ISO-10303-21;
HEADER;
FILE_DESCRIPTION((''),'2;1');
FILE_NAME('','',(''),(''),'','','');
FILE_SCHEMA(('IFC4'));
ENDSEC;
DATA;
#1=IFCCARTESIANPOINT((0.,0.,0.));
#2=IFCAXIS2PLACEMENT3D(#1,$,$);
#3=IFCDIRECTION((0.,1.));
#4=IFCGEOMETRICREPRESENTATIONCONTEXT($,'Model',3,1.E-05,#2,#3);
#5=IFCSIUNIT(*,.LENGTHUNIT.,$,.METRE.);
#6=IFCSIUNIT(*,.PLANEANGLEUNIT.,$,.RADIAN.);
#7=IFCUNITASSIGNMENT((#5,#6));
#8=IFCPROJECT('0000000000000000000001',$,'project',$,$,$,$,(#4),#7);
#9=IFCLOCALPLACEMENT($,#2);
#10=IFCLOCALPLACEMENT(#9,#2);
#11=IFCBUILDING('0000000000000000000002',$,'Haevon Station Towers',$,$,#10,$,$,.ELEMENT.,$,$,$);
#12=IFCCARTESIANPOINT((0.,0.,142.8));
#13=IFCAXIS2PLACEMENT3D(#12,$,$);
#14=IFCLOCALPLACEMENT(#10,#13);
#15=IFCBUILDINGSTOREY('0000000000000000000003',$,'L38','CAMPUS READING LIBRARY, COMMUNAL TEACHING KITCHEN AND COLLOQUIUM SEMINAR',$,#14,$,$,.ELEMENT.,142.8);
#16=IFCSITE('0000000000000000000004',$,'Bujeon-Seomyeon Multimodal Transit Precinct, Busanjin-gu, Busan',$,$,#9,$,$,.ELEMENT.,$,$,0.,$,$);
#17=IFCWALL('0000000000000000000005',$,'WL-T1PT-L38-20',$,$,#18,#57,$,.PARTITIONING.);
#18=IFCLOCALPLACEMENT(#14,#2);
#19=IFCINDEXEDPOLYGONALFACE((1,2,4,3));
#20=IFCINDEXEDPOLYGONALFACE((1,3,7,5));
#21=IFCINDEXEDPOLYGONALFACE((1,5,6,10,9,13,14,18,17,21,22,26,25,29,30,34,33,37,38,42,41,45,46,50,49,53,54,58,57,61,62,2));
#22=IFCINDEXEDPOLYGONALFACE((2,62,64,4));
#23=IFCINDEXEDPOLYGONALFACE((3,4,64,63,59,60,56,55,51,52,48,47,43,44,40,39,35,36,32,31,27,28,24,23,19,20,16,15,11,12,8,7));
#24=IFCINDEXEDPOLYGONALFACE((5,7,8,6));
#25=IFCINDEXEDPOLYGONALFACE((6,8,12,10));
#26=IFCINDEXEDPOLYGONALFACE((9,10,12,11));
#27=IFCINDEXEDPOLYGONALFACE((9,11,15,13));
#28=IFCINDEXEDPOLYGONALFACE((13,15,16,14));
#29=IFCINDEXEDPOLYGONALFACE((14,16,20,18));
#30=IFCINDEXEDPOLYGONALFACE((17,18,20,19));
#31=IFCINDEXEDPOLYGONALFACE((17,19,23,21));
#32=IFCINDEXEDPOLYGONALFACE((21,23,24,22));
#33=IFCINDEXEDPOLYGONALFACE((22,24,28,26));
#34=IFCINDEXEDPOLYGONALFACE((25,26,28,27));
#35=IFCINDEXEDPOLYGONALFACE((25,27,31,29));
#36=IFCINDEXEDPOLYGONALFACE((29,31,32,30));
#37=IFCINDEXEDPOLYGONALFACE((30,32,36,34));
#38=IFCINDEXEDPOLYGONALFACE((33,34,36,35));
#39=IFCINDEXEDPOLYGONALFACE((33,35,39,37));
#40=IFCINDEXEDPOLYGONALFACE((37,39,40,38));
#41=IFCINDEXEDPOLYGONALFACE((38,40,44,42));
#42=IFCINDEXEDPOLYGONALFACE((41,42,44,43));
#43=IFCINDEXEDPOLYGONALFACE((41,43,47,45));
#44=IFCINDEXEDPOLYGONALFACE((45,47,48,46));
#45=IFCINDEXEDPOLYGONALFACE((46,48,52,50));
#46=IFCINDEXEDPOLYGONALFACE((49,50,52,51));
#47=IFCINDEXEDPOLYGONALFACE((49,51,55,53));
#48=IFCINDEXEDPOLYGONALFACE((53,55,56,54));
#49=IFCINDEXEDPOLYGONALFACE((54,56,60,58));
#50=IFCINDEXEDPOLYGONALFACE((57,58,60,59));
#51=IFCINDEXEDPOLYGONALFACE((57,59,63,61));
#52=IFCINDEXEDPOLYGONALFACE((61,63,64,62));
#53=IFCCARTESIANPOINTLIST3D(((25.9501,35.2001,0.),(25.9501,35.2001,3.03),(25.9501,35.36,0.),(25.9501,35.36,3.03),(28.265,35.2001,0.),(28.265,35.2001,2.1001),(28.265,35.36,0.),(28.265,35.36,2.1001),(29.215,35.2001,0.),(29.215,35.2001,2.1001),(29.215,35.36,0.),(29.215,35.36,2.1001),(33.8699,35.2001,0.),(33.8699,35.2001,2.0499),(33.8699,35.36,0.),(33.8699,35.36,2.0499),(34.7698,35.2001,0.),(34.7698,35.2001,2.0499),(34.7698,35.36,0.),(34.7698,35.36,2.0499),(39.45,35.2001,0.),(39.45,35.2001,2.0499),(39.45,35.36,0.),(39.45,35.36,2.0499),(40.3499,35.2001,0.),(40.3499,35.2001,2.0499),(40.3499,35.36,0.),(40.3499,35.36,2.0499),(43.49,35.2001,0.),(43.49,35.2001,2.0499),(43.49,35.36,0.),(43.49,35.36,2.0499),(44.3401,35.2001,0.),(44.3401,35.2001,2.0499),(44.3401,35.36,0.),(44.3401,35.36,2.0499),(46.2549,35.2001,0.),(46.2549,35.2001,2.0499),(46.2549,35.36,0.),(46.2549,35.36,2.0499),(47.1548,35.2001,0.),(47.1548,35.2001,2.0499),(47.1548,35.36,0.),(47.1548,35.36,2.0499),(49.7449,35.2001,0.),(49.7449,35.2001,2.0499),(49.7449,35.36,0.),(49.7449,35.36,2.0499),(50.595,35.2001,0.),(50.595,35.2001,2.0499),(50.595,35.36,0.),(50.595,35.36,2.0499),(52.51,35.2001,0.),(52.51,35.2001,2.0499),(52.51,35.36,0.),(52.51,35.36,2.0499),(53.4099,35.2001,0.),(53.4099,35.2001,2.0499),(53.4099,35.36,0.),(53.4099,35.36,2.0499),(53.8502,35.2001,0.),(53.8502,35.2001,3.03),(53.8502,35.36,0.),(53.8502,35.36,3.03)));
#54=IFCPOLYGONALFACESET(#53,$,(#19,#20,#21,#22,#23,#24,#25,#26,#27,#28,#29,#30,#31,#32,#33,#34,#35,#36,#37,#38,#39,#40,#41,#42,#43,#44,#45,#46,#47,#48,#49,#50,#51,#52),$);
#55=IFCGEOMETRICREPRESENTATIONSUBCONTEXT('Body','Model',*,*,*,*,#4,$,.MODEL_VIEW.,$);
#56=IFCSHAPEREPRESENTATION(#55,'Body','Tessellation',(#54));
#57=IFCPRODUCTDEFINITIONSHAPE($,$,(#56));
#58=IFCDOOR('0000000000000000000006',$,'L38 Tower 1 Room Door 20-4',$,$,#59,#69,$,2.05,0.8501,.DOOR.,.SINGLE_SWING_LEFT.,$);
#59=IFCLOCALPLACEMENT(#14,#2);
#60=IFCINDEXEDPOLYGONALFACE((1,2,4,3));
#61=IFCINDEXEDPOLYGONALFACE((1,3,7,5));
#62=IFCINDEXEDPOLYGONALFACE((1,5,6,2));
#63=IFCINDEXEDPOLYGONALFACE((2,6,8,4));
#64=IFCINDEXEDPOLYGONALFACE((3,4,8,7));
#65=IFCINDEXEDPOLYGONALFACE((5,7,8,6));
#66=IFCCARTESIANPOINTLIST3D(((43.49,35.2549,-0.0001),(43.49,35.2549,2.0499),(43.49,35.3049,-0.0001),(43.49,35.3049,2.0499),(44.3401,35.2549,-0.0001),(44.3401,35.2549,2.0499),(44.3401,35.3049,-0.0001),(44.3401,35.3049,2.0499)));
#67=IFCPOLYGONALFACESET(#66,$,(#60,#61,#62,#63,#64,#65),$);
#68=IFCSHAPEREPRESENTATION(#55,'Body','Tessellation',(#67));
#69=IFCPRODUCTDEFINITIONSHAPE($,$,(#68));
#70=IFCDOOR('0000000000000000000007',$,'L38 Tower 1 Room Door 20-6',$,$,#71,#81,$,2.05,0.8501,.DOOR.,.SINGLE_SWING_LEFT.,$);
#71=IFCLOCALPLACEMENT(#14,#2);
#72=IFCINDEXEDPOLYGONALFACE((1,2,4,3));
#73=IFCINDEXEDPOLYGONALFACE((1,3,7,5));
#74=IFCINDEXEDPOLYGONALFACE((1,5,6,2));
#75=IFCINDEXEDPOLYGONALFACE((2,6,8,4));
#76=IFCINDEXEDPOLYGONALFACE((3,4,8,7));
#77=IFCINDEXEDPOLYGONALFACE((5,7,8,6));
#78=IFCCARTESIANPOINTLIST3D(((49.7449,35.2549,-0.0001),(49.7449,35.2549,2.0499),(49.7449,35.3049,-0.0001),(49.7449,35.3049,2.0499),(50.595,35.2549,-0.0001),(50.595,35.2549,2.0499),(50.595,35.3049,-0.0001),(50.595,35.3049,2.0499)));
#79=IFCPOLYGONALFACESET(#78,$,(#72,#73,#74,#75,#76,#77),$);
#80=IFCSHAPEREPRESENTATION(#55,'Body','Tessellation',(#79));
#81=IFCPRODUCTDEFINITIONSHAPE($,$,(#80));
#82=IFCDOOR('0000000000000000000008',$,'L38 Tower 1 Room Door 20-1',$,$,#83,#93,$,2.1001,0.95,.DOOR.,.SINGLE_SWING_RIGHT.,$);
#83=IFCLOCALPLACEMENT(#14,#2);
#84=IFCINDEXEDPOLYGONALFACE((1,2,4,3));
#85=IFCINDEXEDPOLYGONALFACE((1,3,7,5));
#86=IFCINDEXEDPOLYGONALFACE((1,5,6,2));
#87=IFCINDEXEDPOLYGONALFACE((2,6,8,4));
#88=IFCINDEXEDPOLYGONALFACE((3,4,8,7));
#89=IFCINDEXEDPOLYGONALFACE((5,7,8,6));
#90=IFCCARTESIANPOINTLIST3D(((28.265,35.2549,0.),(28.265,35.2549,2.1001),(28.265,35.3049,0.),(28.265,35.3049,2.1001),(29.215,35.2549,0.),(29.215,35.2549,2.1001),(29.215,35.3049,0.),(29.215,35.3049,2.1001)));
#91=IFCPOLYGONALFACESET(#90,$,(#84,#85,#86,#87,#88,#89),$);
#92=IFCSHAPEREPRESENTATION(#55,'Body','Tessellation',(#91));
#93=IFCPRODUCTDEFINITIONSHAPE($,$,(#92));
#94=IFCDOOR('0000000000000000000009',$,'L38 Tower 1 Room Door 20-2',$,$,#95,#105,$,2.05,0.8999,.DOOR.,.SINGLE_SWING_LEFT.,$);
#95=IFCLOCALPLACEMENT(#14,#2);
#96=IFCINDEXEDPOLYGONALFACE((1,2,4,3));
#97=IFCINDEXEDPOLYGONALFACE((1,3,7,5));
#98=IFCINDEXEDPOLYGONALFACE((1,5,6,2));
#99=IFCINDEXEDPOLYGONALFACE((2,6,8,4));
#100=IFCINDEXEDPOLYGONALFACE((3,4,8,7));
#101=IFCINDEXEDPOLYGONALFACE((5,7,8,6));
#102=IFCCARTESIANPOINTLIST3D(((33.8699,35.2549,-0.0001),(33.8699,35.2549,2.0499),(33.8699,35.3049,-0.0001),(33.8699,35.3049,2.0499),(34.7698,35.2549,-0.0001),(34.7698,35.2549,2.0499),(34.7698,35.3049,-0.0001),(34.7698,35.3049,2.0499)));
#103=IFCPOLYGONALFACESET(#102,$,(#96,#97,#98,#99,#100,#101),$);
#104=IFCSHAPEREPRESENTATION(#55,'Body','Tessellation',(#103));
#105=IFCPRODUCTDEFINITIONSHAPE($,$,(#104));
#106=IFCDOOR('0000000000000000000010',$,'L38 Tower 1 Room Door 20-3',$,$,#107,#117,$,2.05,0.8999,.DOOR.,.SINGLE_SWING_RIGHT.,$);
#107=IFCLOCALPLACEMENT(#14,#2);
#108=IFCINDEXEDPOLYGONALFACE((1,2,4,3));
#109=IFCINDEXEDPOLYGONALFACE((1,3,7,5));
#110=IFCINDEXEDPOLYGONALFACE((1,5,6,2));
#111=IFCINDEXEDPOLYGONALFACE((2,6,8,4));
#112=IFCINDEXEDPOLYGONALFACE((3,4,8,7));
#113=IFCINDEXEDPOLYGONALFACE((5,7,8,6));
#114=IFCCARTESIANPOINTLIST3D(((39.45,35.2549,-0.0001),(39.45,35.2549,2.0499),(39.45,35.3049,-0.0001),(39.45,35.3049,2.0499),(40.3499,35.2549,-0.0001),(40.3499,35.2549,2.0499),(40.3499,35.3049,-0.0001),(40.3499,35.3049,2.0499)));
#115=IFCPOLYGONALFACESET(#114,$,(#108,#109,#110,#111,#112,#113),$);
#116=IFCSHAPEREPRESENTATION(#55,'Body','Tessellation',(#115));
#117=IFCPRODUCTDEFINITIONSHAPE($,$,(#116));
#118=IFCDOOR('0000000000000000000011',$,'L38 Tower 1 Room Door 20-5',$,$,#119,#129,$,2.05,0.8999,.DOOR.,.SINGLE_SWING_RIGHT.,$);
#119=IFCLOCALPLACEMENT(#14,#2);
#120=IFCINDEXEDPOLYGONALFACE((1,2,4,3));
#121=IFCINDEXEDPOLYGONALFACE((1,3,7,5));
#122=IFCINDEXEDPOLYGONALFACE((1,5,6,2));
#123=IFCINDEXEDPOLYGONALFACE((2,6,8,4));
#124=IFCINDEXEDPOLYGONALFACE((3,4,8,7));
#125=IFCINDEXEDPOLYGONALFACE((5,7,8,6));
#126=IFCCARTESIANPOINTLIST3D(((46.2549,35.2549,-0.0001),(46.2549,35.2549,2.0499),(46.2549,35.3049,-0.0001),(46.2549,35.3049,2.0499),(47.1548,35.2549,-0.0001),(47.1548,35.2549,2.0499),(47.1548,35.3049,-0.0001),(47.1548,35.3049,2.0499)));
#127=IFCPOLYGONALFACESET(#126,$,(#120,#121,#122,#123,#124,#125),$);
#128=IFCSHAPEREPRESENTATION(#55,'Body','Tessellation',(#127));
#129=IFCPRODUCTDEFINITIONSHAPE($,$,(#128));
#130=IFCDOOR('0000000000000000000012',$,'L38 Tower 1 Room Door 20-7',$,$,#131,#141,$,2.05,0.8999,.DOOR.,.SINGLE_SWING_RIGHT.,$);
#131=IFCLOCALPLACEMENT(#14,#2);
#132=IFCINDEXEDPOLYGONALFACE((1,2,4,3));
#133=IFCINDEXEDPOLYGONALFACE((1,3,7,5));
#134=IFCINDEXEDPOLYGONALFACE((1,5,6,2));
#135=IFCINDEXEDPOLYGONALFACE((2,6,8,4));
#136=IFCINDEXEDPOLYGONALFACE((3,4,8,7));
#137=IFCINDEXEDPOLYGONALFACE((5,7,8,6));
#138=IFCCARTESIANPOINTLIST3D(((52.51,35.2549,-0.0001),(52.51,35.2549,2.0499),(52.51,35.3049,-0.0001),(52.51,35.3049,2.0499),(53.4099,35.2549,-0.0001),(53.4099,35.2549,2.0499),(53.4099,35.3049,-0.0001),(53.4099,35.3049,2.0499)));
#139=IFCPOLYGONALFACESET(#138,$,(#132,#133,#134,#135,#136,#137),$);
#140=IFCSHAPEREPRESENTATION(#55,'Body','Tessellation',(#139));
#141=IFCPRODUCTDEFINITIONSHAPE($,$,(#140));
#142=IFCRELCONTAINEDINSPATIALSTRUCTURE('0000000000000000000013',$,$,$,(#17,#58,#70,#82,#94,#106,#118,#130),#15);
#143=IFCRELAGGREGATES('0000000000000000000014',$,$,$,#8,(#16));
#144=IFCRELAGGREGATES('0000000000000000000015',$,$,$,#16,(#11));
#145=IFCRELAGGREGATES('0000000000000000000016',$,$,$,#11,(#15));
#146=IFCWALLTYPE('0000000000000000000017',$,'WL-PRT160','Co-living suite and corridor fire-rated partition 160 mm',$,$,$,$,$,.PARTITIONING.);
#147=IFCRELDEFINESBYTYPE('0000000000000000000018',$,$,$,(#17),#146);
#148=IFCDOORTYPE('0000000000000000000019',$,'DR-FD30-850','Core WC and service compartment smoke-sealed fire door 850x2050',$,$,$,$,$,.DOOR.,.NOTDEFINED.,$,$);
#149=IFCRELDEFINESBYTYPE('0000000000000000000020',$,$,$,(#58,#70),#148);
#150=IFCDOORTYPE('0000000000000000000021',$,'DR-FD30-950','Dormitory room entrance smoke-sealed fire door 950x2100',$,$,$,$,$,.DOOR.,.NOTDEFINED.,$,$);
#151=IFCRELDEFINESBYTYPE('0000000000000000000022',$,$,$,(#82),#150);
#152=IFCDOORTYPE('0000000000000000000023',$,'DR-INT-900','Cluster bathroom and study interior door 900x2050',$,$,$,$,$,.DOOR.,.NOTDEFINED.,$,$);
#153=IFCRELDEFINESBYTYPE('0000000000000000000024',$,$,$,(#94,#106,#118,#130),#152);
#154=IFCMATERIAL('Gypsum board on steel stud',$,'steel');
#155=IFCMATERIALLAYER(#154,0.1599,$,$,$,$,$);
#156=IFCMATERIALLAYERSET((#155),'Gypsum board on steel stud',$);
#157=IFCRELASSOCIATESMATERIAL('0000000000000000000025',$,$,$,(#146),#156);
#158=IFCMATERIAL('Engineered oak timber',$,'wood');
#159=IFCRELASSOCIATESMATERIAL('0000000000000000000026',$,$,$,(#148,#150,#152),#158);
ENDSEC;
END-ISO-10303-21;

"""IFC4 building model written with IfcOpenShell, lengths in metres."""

from ifc_helpers import new_model, si_unit, direction, frame, frame_2d, origin, place, context, subcontext, project, spatial, rectangle, extrude, material, layer, layer_set, type_object, element, fill, save


model = new_model("IFC4")

# Units and contexts
model_context = context("Model", 3, precision=1e-05, world=origin(), true_north=direction((0.0, 1.0)))
body_context = subcontext(model_context, "Body", "Model", "MODEL_VIEW")
ifc_project = project(units=[si_unit("LENGTHUNIT", "METRE"), si_unit("PLANEANGLEUNIT", "RADIAN")], contexts=[model_context])

# Site, building, storey
site_placement = place(None, origin())
site = spatial("IfcSite", under=ifc_project, at=site_placement, Name="Bujeon-Seomyeon Multimodal Transit Precinct, Busanjin-gu, Busan", CompositionType="ELEMENT", RefElevation=0.0)
building_placement = place(site_placement, origin())
building = spatial("IfcBuilding", under=site, at=building_placement, Name="Haevon Station Towers", CompositionType="ELEMENT")
storey_placement = place(building_placement, frame((0.0, 0.0, 142.8)))
storey = spatial("IfcBuildingStorey", under=building, at=storey_placement, Name="L38", Description="CAMPUS READING LIBRARY, COMMUNAL TEACHING KITCHEN AND COLLOQUIUM SEMINAR", CompositionType="ELEMENT", Elevation=142.8)

# Shared definitions
ifc_material_1 = material(Name="Gypsum board on steel stud", Category="steel")
ifc_material_2 = material(Name="Engineered oak timber", Category="wood")

# Wall, openings, doors
ifc_layer_1 = layer(ifc_material_1, 0.1599)
ifc_layer_set_1 = layer_set([ifc_layer_1], Name="Gypsum board on steel stud")
wall_type_1 = type_object("IfcWallType", Name="WL-PRT160", Description="Co-living suite and corridor fire-rated partition 160 mm", PredefinedType="PARTITIONING", material=ifc_layer_set_1)
wall_1_placement = place(storey_placement, frame((25.95, 35.28, 0.0), z_axis=(0.0, 0.0, 1.0), x_axis=(1.0, 0.0, 0.0)))
wall_1 = element("IfcWall", 1, at=wall_1_placement, inside=storey, type_object=wall_type_1, Name="WL-T1PT-L38-20", PredefinedType="PARTITIONING", context=body_context, shape_type="SweptSolid", body=[
    extrude(rectangle(XDim=27.9001, YDim=0.1599, at=frame_2d((13.9502, 0.0))), origin(), (0.0, 0.0, 1.0), 3.03),
])
opening_1_placement = place(wall_1_placement, frame((2.3149, 0.0, 0.0)))
opening_1 = element("IfcOpeningElement", 2, at=opening_1_placement, cuts=wall_1, PredefinedType="OPENING", context=body_context, shape_type="SweptSolid", body=[
    extrude(rectangle(XDim=0.95, YDim=2.1001, at=frame_2d((0.4751, 1.05))), frame((0.0, 0.0898, 0.0), z_axis=(0.0, -1.0, 0.0), x_axis=(1.0, 0.0, 0.0)), (0.0, 0.0, 1.0), 0.1799),
])
opening_2_placement = place(wall_1_placement, frame((7.9199, 0.0, 0.0)))
opening_2 = element("IfcOpeningElement", 3, at=opening_2_placement, cuts=wall_1, PredefinedType="OPENING", context=body_context, shape_type="SweptSolid", body=[
    extrude(rectangle(XDim=0.8999, YDim=2.05, at=frame_2d((0.45, 1.0249))), frame((0.0, 0.0898, 0.0), z_axis=(0.0, -1.0, 0.0), x_axis=(1.0, 0.0, 0.0)), (0.0, 0.0, 1.0), 0.1799),
])
opening_3_placement = place(wall_1_placement, frame((13.5, 0.0, 0.0)))
opening_3 = element("IfcOpeningElement", 4, at=opening_3_placement, cuts=wall_1, PredefinedType="OPENING", context=body_context, shape_type="SweptSolid", body=[
    extrude(rectangle(XDim=0.8999, YDim=2.05, at=frame_2d((0.45, 1.0249))), frame((0.0, 0.0898, 0.0), z_axis=(0.0, -1.0, 0.0), x_axis=(1.0, 0.0, 0.0)), (0.0, 0.0, 1.0), 0.1799),
])
opening_4_placement = place(wall_1_placement, frame((17.54, 0.0, 0.0)))
opening_4 = element("IfcOpeningElement", 5, at=opening_4_placement, cuts=wall_1, PredefinedType="OPENING", context=body_context, shape_type="SweptSolid", body=[
    extrude(rectangle(XDim=0.8501, YDim=2.05, at=frame_2d((0.425, 1.0249))), frame((0.0, 0.0898, 0.0), z_axis=(0.0, -1.0, 0.0), x_axis=(1.0, 0.0, 0.0)), (0.0, 0.0, 1.0), 0.1799),
])
opening_5_placement = place(wall_1_placement, frame((20.3049, 0.0, 0.0)))
opening_5 = element("IfcOpeningElement", 6, at=opening_5_placement, cuts=wall_1, PredefinedType="OPENING", context=body_context, shape_type="SweptSolid", body=[
    extrude(rectangle(XDim=0.8999, YDim=2.05, at=frame_2d((0.45, 1.0249))), frame((0.0, 0.0898, 0.0), z_axis=(0.0, -1.0, 0.0), x_axis=(1.0, 0.0, 0.0)), (0.0, 0.0, 1.0), 0.1799),
])
opening_6_placement = place(wall_1_placement, frame((23.7949, 0.0, 0.0)))
opening_6 = element("IfcOpeningElement", 7, at=opening_6_placement, cuts=wall_1, PredefinedType="OPENING", context=body_context, shape_type="SweptSolid", body=[
    extrude(rectangle(XDim=0.8501, YDim=2.05, at=frame_2d((0.425, 1.0249))), frame((0.0, 0.0898, 0.0), z_axis=(0.0, -1.0, 0.0), x_axis=(1.0, 0.0, 0.0)), (0.0, 0.0, 1.0), 0.1799),
])
opening_7_placement = place(wall_1_placement, frame((26.5601, 0.0, 0.0)))
opening_7 = element("IfcOpeningElement", 8, at=opening_7_placement, cuts=wall_1, PredefinedType="OPENING", context=body_context, shape_type="SweptSolid", body=[
    extrude(rectangle(XDim=0.8999, YDim=2.05, at=frame_2d((0.45, 1.0249))), frame((0.0, 0.0898, 0.0), z_axis=(0.0, -1.0, 0.0), x_axis=(1.0, 0.0, 0.0)), (0.0, 0.0, 1.0), 0.1799),
])
door_type_1 = type_object("IfcDoorType", Name="DR-FD30-850", Description="Core WC and service compartment smoke-sealed fire door 850x2050", OperationType="NOTDEFINED", PredefinedType="DOOR", material=ifc_material_2)
door_1_placement = place(opening_4_placement, origin())
door_1 = element("IfcDoor", 9, at=door_1_placement, inside=storey, type_object=door_type_1, Name="L38 Tower 1 Room Door 20-4", OperationType="SINGLE_SWING_LEFT", OverallHeight=2.05, OverallWidth=0.8501, PredefinedType="DOOR", context=body_context, shape_type="SweptSolid", body=[
    extrude(rectangle(XDim=0.8501, YDim=2.05, at=frame_2d((0.425, 1.0249))), frame((0.0, 0.0249, 0.0), z_axis=(0.0, -1.0, 0.0), x_axis=(1.0, 0.0, 0.0)), (0.0, 0.0, 1.0), 0.05),
])
fill(opening_4, door_1)
door_2_placement = place(opening_6_placement, origin())
door_2 = element("IfcDoor", 10, at=door_2_placement, inside=storey, type_object=door_type_1, Name="L38 Tower 1 Room Door 20-6", OperationType="SINGLE_SWING_LEFT", OverallHeight=2.05, OverallWidth=0.8501, PredefinedType="DOOR", context=body_context, shape_type="SweptSolid", body=[
    extrude(rectangle(XDim=0.8501, YDim=2.05, at=frame_2d((0.425, 1.0249))), frame((0.0, 0.0249, 0.0), z_axis=(0.0, -1.0, 0.0), x_axis=(1.0, 0.0, 0.0)), (0.0, 0.0, 1.0), 0.05),
])
fill(opening_6, door_2)
door_type_2 = type_object("IfcDoorType", Name="DR-FD30-950", Description="Dormitory room entrance smoke-sealed fire door 950x2100", OperationType="NOTDEFINED", PredefinedType="DOOR", material=ifc_material_2)
door_3_placement = place(opening_1_placement, origin())
door_3 = element("IfcDoor", 11, at=door_3_placement, inside=storey, type_object=door_type_2, Name="L38 Tower 1 Room Door 20-1", OperationType="SINGLE_SWING_RIGHT", OverallHeight=2.1001, OverallWidth=0.95, PredefinedType="DOOR", context=body_context, shape_type="SweptSolid", body=[
    extrude(rectangle(XDim=0.95, YDim=2.1001, at=frame_2d((0.4751, 1.05))), frame((0.0, 0.0249, 0.0), z_axis=(0.0, -1.0, 0.0), x_axis=(1.0, 0.0, 0.0)), (0.0, 0.0, 1.0), 0.05),
])
fill(opening_1, door_3)
door_type_3 = type_object("IfcDoorType", Name="DR-INT-900", Description="Cluster bathroom and study interior door 900x2050", OperationType="NOTDEFINED", PredefinedType="DOOR", material=ifc_material_2)
door_4_placement = place(opening_2_placement, origin())
door_4 = element("IfcDoor", 12, at=door_4_placement, inside=storey, type_object=door_type_3, Name="L38 Tower 1 Room Door 20-2", OperationType="SINGLE_SWING_LEFT", OverallHeight=2.05, OverallWidth=0.8999, PredefinedType="DOOR", context=body_context, shape_type="SweptSolid", body=[
    extrude(rectangle(XDim=0.8999, YDim=2.05, at=frame_2d((0.45, 1.0249))), frame((0.0, 0.0249, 0.0), z_axis=(0.0, -1.0, 0.0), x_axis=(1.0, 0.0, 0.0)), (0.0, 0.0, 1.0), 0.05),
])
fill(opening_2, door_4)
door_5_placement = place(opening_3_placement, origin())
door_5 = element("IfcDoor", 13, at=door_5_placement, inside=storey, type_object=door_type_3, Name="L38 Tower 1 Room Door 20-3", OperationType="SINGLE_SWING_RIGHT", OverallHeight=2.05, OverallWidth=0.8999, PredefinedType="DOOR", context=body_context, shape_type="SweptSolid", body=[
    extrude(rectangle(XDim=0.8999, YDim=2.05, at=frame_2d((0.45, 1.0249))), frame((0.0, 0.0249, 0.0), z_axis=(0.0, -1.0, 0.0), x_axis=(1.0, 0.0, 0.0)), (0.0, 0.0, 1.0), 0.05),
])
fill(opening_3, door_5)
door_6_placement = place(opening_5_placement, origin())
door_6 = element("IfcDoor", 14, at=door_6_placement, inside=storey, type_object=door_type_3, Name="L38 Tower 1 Room Door 20-5", OperationType="SINGLE_SWING_RIGHT", OverallHeight=2.05, OverallWidth=0.8999, PredefinedType="DOOR", context=body_context, shape_type="SweptSolid", body=[
    extrude(rectangle(XDim=0.8999, YDim=2.05, at=frame_2d((0.45, 1.0249))), frame((0.0, 0.0249, 0.0), z_axis=(0.0, -1.0, 0.0), x_axis=(1.0, 0.0, 0.0)), (0.0, 0.0, 1.0), 0.05),
])
fill(opening_5, door_6)
door_7_placement = place(opening_7_placement, origin())
door_7 = element("IfcDoor", 15, at=door_7_placement, inside=storey, type_object=door_type_3, Name="L38 Tower 1 Room Door 20-7", OperationType="SINGLE_SWING_RIGHT", OverallHeight=2.05, OverallWidth=0.8999, PredefinedType="DOOR", context=body_context, shape_type="SweptSolid", body=[
    extrude(rectangle(XDim=0.8999, YDim=2.05, at=frame_2d((0.45, 1.0249))), frame((0.0, 0.0249, 0.0), z_axis=(0.0, -1.0, 0.0), x_axis=(1.0, 0.0, 0.0)), (0.0, 0.0, 1.0), 0.05),
])
fill(opening_7, door_7)

save(model, "model.ifc")
